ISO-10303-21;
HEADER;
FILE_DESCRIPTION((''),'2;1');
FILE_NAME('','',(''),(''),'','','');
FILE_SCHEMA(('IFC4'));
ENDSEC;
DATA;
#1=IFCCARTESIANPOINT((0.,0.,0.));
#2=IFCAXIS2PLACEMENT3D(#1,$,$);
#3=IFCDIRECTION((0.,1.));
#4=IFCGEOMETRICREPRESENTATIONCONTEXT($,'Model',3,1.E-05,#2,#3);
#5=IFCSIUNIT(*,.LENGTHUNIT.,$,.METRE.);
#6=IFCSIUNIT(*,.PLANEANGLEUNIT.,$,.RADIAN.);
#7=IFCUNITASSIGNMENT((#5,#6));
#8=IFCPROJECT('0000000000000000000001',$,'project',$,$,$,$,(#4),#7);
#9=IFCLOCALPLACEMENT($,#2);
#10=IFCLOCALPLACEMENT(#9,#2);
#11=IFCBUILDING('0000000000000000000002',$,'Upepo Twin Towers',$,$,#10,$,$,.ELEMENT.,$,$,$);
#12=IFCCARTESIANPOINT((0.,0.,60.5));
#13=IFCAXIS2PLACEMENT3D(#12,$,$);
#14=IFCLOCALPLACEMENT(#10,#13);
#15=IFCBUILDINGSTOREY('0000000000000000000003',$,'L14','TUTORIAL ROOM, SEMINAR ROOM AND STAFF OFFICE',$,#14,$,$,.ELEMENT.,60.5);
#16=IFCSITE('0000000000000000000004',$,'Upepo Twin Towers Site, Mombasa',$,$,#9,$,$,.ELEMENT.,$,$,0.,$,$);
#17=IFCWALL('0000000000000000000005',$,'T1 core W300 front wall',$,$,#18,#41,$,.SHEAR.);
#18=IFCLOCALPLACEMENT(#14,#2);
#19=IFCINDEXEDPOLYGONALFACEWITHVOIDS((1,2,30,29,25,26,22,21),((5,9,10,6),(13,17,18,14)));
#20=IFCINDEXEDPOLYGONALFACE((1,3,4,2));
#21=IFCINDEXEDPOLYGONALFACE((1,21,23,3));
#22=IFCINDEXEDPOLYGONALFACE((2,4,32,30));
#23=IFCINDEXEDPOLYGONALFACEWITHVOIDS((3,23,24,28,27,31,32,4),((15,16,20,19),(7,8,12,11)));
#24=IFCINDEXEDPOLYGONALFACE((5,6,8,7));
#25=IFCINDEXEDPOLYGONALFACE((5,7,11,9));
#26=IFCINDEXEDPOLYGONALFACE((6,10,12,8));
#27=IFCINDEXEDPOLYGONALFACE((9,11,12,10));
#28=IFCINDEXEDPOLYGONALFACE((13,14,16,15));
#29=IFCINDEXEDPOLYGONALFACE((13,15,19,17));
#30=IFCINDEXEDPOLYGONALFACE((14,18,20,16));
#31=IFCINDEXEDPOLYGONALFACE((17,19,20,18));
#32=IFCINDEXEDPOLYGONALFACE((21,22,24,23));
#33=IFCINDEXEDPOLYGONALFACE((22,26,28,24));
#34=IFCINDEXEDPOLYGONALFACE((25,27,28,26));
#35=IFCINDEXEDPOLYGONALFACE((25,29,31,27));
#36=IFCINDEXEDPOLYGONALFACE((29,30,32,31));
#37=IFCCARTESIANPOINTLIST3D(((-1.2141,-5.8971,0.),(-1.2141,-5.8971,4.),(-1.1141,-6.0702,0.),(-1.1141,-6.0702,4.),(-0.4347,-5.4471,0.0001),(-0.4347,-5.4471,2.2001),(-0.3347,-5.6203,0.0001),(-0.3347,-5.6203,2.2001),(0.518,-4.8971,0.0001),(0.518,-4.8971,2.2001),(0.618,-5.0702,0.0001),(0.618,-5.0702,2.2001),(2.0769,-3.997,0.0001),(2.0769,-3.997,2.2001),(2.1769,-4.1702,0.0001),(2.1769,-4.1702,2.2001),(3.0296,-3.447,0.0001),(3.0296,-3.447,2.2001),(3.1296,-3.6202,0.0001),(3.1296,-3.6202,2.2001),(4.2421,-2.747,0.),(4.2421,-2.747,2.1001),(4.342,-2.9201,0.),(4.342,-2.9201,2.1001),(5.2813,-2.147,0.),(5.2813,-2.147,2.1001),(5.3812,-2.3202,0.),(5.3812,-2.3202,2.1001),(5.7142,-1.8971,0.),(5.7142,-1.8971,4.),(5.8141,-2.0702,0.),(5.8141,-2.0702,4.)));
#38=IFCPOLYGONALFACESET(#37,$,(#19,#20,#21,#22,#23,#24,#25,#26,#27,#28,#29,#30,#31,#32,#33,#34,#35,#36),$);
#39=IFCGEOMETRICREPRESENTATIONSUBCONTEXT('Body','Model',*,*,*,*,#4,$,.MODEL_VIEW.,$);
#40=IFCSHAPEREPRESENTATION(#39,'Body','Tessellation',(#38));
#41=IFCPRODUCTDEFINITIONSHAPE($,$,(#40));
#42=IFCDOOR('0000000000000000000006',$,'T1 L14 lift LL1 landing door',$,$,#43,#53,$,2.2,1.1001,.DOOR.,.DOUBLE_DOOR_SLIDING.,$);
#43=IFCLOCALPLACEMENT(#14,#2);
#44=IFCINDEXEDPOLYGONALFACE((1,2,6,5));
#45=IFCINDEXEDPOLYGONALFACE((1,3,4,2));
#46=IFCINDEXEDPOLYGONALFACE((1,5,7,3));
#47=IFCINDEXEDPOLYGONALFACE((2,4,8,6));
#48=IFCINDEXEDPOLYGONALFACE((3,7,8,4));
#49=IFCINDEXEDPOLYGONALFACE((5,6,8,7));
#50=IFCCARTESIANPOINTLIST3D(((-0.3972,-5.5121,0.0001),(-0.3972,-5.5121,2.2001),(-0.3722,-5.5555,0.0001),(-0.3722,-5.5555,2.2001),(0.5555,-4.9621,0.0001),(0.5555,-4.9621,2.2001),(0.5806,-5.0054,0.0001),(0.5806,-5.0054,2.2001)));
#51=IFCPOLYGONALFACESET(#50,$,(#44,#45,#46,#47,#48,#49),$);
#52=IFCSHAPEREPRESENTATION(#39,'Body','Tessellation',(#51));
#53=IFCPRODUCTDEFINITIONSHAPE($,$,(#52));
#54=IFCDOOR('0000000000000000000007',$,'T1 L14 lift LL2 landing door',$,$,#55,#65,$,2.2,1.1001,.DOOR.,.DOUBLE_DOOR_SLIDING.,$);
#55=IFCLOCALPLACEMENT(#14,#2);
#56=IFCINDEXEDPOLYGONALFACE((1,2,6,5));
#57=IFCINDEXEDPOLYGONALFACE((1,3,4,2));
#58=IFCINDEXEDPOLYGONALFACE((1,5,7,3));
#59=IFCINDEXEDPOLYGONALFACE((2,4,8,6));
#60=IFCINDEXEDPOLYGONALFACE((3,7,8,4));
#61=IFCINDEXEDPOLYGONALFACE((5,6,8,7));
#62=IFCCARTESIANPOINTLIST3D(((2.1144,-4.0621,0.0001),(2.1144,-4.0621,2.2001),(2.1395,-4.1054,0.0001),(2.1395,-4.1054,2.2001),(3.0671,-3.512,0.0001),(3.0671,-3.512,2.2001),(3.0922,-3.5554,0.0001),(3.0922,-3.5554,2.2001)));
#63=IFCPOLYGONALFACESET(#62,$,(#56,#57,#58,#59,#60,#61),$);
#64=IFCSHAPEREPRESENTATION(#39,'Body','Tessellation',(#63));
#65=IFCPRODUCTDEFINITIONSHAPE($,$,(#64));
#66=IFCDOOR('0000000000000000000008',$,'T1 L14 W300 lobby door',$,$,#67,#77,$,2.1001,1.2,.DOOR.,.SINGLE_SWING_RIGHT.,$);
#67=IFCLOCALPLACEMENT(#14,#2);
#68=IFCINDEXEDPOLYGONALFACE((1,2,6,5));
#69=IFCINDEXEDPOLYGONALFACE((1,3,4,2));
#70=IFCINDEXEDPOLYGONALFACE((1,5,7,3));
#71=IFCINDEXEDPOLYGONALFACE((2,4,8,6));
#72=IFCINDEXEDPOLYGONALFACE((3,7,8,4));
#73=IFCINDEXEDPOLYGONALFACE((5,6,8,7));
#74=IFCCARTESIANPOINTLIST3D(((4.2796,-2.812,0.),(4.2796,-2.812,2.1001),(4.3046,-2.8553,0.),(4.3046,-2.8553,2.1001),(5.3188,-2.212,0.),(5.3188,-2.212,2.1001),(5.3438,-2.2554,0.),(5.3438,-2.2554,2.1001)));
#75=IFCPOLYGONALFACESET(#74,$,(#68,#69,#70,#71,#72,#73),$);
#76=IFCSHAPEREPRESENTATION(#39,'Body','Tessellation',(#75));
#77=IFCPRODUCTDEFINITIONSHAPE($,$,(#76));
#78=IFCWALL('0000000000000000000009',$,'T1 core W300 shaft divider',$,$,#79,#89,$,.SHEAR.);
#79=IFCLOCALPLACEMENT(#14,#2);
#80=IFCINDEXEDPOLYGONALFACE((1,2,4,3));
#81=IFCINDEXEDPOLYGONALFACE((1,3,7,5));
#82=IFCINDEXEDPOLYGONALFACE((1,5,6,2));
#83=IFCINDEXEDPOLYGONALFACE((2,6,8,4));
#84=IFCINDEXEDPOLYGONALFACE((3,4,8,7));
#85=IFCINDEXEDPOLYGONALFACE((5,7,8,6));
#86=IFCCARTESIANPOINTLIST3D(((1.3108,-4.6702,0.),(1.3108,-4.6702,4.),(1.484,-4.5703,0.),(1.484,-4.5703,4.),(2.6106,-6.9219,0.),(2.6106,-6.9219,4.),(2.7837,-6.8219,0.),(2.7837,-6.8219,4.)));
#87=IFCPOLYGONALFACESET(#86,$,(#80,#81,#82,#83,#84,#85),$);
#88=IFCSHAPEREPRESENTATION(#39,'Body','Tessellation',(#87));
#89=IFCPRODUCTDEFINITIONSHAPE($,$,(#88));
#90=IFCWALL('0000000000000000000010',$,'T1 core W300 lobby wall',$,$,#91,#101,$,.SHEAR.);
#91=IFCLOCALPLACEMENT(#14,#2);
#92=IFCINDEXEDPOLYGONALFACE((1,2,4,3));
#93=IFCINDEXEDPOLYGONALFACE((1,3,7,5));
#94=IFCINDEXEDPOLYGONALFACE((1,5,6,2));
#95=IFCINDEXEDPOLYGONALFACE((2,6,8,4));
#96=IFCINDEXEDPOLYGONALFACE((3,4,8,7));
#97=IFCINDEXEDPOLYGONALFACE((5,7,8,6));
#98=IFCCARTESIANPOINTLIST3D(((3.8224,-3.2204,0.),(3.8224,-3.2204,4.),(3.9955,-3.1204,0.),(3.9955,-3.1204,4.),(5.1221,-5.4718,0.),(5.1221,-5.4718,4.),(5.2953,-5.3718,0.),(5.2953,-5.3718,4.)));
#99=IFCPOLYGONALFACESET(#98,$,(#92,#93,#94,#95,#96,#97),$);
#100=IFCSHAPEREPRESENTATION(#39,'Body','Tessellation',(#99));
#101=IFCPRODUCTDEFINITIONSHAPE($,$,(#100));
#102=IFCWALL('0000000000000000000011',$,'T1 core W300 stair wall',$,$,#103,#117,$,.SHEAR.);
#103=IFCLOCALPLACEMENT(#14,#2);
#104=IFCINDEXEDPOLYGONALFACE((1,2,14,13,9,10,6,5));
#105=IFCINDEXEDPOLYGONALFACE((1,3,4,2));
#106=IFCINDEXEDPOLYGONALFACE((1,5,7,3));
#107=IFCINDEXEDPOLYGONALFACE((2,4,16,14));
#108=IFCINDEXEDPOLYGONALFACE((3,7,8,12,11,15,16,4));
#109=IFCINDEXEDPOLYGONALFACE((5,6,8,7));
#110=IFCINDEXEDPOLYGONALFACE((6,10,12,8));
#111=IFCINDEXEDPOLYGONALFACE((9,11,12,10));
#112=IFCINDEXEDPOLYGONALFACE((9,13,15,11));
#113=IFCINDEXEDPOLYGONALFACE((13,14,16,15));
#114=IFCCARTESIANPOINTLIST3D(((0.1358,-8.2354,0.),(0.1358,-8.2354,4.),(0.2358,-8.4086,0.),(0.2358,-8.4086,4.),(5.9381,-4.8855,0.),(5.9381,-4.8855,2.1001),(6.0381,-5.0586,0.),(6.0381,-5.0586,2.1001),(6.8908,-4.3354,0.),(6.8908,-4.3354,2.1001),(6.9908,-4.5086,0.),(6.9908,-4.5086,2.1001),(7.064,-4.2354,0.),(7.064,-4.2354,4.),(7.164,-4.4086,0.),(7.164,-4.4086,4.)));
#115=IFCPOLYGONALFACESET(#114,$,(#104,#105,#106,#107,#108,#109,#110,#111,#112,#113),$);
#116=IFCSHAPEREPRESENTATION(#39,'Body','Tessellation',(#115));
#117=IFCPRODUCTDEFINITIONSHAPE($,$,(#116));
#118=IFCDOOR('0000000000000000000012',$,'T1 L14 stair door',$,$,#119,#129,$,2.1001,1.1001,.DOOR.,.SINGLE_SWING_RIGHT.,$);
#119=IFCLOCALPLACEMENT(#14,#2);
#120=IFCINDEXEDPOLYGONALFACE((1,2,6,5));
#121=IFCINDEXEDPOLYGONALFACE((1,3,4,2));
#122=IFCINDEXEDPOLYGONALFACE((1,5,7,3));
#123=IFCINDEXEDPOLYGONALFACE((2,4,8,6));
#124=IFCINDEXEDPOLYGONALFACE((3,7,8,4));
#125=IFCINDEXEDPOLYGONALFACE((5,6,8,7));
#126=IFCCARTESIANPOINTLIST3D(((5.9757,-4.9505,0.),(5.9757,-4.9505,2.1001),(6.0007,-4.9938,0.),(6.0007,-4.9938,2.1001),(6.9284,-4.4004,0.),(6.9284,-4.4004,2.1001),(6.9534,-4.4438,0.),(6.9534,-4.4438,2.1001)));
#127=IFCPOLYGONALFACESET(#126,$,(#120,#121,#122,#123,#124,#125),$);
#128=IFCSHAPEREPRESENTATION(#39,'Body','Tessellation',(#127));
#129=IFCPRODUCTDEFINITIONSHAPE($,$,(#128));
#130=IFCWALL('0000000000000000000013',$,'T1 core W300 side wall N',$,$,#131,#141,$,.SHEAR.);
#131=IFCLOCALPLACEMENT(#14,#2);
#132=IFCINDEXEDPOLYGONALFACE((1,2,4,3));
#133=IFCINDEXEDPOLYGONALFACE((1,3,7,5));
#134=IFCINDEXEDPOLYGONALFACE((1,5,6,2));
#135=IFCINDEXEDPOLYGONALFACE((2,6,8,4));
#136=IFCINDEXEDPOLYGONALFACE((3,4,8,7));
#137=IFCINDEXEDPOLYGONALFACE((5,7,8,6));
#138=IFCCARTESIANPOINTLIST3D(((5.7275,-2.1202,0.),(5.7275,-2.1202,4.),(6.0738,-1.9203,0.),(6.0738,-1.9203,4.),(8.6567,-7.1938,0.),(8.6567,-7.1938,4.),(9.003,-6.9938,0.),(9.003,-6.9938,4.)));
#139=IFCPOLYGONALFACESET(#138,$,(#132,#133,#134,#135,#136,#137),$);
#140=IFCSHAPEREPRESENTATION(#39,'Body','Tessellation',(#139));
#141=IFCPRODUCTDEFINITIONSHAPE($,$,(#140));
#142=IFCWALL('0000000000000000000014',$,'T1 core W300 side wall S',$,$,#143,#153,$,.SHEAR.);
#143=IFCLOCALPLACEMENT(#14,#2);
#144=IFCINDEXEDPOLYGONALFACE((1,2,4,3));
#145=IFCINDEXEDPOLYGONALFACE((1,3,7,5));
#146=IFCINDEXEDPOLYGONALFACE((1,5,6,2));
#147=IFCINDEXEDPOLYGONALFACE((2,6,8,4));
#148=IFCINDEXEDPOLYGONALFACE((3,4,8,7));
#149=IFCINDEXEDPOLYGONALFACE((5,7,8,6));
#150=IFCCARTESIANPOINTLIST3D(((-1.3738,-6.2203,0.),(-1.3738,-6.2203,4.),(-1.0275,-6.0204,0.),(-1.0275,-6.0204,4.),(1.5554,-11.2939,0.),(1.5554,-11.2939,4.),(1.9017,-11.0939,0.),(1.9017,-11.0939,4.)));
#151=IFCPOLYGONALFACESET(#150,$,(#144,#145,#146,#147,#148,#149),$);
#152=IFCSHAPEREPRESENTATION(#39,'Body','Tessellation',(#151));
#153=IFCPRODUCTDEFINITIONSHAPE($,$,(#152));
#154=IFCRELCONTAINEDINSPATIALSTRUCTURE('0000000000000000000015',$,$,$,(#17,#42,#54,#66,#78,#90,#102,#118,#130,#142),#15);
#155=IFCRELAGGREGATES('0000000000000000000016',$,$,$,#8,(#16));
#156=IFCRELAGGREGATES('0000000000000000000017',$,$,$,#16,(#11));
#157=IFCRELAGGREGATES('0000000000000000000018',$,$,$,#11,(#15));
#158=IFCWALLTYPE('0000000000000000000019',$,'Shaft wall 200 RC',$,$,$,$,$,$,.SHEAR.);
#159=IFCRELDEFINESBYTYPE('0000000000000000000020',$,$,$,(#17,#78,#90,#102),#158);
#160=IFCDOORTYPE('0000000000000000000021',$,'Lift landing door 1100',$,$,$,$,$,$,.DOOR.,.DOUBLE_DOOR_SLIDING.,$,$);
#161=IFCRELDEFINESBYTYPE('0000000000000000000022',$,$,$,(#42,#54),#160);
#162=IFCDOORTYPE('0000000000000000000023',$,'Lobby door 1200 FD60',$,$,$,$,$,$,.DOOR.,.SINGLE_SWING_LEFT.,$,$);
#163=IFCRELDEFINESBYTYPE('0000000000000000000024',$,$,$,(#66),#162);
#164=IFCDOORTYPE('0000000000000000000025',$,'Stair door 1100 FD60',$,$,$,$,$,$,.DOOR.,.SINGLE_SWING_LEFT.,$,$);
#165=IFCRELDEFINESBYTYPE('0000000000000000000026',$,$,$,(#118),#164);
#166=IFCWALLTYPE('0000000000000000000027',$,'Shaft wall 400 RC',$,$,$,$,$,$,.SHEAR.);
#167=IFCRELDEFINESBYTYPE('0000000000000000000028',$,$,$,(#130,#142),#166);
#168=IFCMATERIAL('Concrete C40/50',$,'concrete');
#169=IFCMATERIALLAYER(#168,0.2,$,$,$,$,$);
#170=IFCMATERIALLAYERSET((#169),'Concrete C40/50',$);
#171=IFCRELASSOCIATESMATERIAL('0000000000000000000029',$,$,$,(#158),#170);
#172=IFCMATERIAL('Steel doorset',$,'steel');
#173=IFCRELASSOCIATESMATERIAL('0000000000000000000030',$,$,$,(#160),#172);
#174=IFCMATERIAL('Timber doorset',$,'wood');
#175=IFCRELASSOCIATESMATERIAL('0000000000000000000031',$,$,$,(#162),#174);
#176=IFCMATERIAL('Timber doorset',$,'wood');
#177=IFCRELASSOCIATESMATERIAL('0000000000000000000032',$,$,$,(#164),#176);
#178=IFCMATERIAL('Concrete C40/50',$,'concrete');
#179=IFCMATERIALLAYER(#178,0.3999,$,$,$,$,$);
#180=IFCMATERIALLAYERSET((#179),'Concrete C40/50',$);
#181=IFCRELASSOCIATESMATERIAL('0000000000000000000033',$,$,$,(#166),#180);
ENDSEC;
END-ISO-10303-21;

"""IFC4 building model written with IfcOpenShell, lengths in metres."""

from ifc_helpers import new_model, si_unit, direction, frame, frame_2d, origin, place, context, subcontext, project, spatial, rectangle, extrude, material, layer, layer_set, type_object, element, fill, save


model = new_model("IFC4")

# Units and contexts
model_context = context("Model", 3, precision=1e-05, world=origin(), true_north=direction((0.0, 1.0)))
body_context = subcontext(model_context, "Body", "Model", "MODEL_VIEW")
ifc_project = project(units=[si_unit("LENGTHUNIT", "METRE"), si_unit("PLANEANGLEUNIT", "RADIAN")], contexts=[model_context])

# Site, building, storey
site_placement = place(None, origin())
site = spatial("IfcSite", under=ifc_project, at=site_placement, Name="Upepo Twin Towers Site, Mombasa", CompositionType="ELEMENT", RefElevation=0.0)
building_placement = place(site_placement, origin())
building = spatial("IfcBuilding", under=site, at=building_placement, Name="Upepo Twin Towers", CompositionType="ELEMENT")
storey_placement = place(building_placement, frame((0.0, 0.0, 60.5)))
storey = spatial("IfcBuildingStorey", under=building, at=storey_placement, Name="L14", Description="TUTORIAL ROOM, SEMINAR ROOM AND STAFF OFFICE", CompositionType="ELEMENT", Elevation=60.5)

# Wall, openings, doors
ifc_material_1 = material(Name="Concrete C40/50", Category="concrete")
ifc_layer_1 = layer(ifc_material_1, 0.2)
ifc_layer_set_1 = layer_set([ifc_layer_1], Name="Concrete C40/50")
wall_type_1 = type_object("IfcWallType", Name="Shaft wall 200 RC", PredefinedType="SHEAR", material=ifc_layer_set_1)
wall_1_placement = place(storey_placement, frame((-1.1641, -5.9836, 0.0), z_axis=(0.0, 0.0, 1.0), x_axis=(0.866026, 0.499999, 0.0)))
wall_1 = element("IfcWall", 1, at=wall_1_placement, inside=storey, type_object=wall_type_1, Name="T1 core W300 front wall", PredefinedType="SHEAR", context=body_context, shape_type="SweptSolid", body=[
    extrude(rectangle(XDim=8.0, YDim=0.2, at=frame_2d((4.0, 0.0))), origin(), (0.0, 0.0, 1.0), 4.0),
])
opening_1_placement = place(wall_1_placement, frame((6.3, 0.0, 0.0)))
opening_1 = element("IfcOpeningElement", 2, at=opening_1_placement, cuts=wall_1, PredefinedType="OPENING", context=body_context, shape_type="SweptSolid", body=[
    extrude(rectangle(XDim=1.2, YDim=2.1001, at=frame_2d((0.6001, 1.05))), frame((0.0, 0.1099, 0.0), z_axis=(0.0, -1.0, 0.0), x_axis=(1.0, 0.0, 0.0)), (0.0, 0.0, 1.0), 0.22),
])
opening_2_placement = place(wall_1_placement, frame((0.8999, 0.0, 0.0)))
opening_2 = element("IfcOpeningElement", 3, at=opening_2_placement, cuts=wall_1, PredefinedType="OPENING", context=body_context, shape_type="SweptSolid", body=[
    extrude(rectangle(XDim=1.1001, YDim=2.2, at=frame_2d((0.55, 1.1001))), frame((0.0, 0.1099, 0.0), z_axis=(0.0, -1.0, 0.0), x_axis=(1.0, 0.0, 0.0)), (0.0, 0.0, 1.0), 0.22),
])
opening_3_placement = place(wall_1_placement, frame((3.8, 0.0, 0.0)))
opening_3 = element("IfcOpeningElement", 4, at=opening_3_placement, cuts=wall_1, PredefinedType="OPENING", context=body_context, shape_type="SweptSolid", body=[
    extrude(rectangle(XDim=1.1001, YDim=2.2, at=frame_2d((0.55, 1.1001))), frame((0.0, 0.1099, 0.0), z_axis=(0.0, -1.0, 0.0), x_axis=(1.0, 0.0, 0.0)), (0.0, 0.0, 1.0), 0.22),
])
ifc_material_2 = material(Name="Steel doorset", Category="steel")
door_type_1 = type_object("IfcDoorType", Name="Lift landing door 1100", OperationType="DOUBLE_DOOR_SLIDING", PredefinedType="DOOR", material=ifc_material_2)
door_1_placement = place(opening_2_placement, origin())
door_1 = element("IfcDoor", 5, at=door_1_placement, inside=storey, type_object=door_type_1, Name="T1 L14 lift LL1 landing door", OperationType="DOUBLE_DOOR_SLIDING", OverallHeight=2.2, OverallWidth=1.1001, PredefinedType="DOOR", context=body_context, shape_type="SweptSolid", body=[
    extrude(rectangle(XDim=1.1001, YDim=2.2, at=frame_2d((0.55, 1.1001))), frame((0.0, 0.0249, 0.0), z_axis=(0.0, -1.0, 0.0), x_axis=(1.0, 0.0, 0.0)), (0.0, 0.0, 1.0), 0.05),
])
fill(opening_2, door_1)
door_2_placement = place(opening_3_placement, origin())
door_2 = element("IfcDoor", 6, at=door_2_placement, inside=storey, type_object=door_type_1, Name="T1 L14 lift LL2 landing door", OperationType="DOUBLE_DOOR_SLIDING", OverallHeight=2.2, OverallWidth=1.1001, PredefinedType="DOOR", context=body_context, shape_type="SweptSolid", body=[
    extrude(rectangle(XDim=1.1001, YDim=2.2, at=frame_2d((0.55, 1.1001))), frame((0.0, 0.0249, 0.0), z_axis=(0.0, -1.0, 0.0), x_axis=(1.0, 0.0, 0.0)), (0.0, 0.0, 1.0), 0.05),
])
fill(opening_3, door_2)
ifc_material_3 = material(Name="Timber doorset", Category="wood")
door_type_2 = type_object("IfcDoorType", Name="Lobby door 1200 FD60", OperationType="SINGLE_SWING_LEFT", PredefinedType="DOOR", material=ifc_material_3)
door_3_placement = place(opening_1_placement, origin())
door_3 = element("IfcDoor", 7, at=door_3_placement, inside=storey, type_object=door_type_2, Name="T1 L14 W300 lobby door", OperationType="SINGLE_SWING_RIGHT", OverallHeight=2.1001, OverallWidth=1.2, PredefinedType="DOOR", context=body_context, shape_type="SweptSolid", body=[
    extrude(rectangle(XDim=1.2, YDim=2.1001, at=frame_2d((0.6001, 1.05))), frame((0.0, 0.0249, 0.0), z_axis=(0.0, -1.0, 0.0), x_axis=(1.0, 0.0, 0.0)), (0.0, 0.0, 1.0), 0.05),
])
fill(opening_1, door_3)

# Walls
wall_2_placement = place(storey_placement, frame((1.3975, -4.6204, 0.0), z_axis=(0.0, 0.0, 1.0), x_axis=(0.499937, -0.866062, 0.0)))
element("IfcWall", 8, at=wall_2_placement, inside=storey, type_object=wall_type_1, Name="T1 core W300 shaft divider", PredefinedType="SHEAR", context=body_context, shape_type="SweptSolid", body=[
    extrude(rectangle(XDim=2.5999, YDim=0.2, at=frame_2d((1.2998, 0.0))), origin(), (0.0, 0.0, 1.0), 4.0),
])
wall_3_placement = place(storey_placement, frame((3.9089, -3.1704, 0.0), z_axis=(0.0, 0.0, 1.0), x_axis=(0.499977, -0.866039, 0.0)))
element("IfcWall", 9, at=wall_3_placement, inside=storey, type_object=wall_type_1, Name="T1 core W300 lobby wall", PredefinedType="SHEAR", context=body_context, shape_type="SweptSolid", body=[
    extrude(rectangle(XDim=2.5996, YDim=0.2, at=frame_2d((1.2998, 0.0))), origin(), (0.0, 0.0, 1.0), 4.0),
])

# Wall, opening, door
wall_4_placement = place(storey_placement, frame((0.1858, -8.322, 0.0), z_axis=(0.0, 0.0, 1.0), x_axis=(0.866026, 0.499999, 0.0)))
wall_4 = element("IfcWall", 10, at=wall_4_placement, inside=storey, type_object=wall_type_1, Name="T1 core W300 stair wall", PredefinedType="SHEAR", context=body_context, shape_type="SweptSolid", body=[
    extrude(rectangle(XDim=8.0, YDim=0.2, at=frame_2d((4.0, 0.0))), origin(), (0.0, 0.0, 1.0), 4.0),
])
opening_4_placement = place(wall_4_placement, frame((6.7, 0.0, 0.0)))
opening_4 = element("IfcOpeningElement", 11, at=opening_4_placement, cuts=wall_4, PredefinedType="OPENING", context=body_context, shape_type="SweptSolid", body=[
    extrude(rectangle(XDim=1.1001, YDim=2.1001, at=frame_2d((0.55, 1.05))), frame((0.0, 0.1099, 0.0), z_axis=(0.0, -1.0, 0.0), x_axis=(1.0, 0.0, 0.0)), (0.0, 0.0, 1.0), 0.22),
])
ifc_material_4 = material(Name="Timber doorset", Category="wood")
door_type_3 = type_object("IfcDoorType", Name="Stair door 1100 FD60", OperationType="SINGLE_SWING_LEFT", PredefinedType="DOOR", material=ifc_material_4)
door_4_placement = place(opening_4_placement, origin())
door_4 = element("IfcDoor", 12, at=door_4_placement, inside=storey, type_object=door_type_3, Name="T1 L14 stair door", OperationType="SINGLE_SWING_RIGHT", OverallHeight=2.1001, OverallWidth=1.1001, PredefinedType="DOOR", context=body_context, shape_type="SweptSolid", body=[
    extrude(rectangle(XDim=1.1001, YDim=2.1001, at=frame_2d((0.55, 1.05))), frame((0.0, 0.0249, 0.0), z_axis=(0.0, -1.0, 0.0), x_axis=(1.0, 0.0, 0.0)), (0.0, 0.0, 1.0), 0.05),
])
fill(opening_4, door_4)

# Walls
ifc_material_5 = material(Name="Concrete C40/50", Category="concrete")
ifc_layer_2 = layer(ifc_material_5, 0.3999)
ifc_layer_set_2 = layer_set([ifc_layer_2], Name="Concrete C40/50")
wall_type_2 = type_object("IfcWallType", Name="Shaft wall 400 RC", PredefinedType="SHEAR", material=ifc_layer_set_2)
for number, where, z_axis, x_axis, name in (
    (13, (5.9006, -2.0203, 0.0), (0.0, 0.0, 1.0), (0.500003, -0.866024, 0.0), "T1 core W300 side wall N"),
    (14, (-1.2007, -6.1204, 0.0), (0.0, 0.0, 1.0), (0.500003, -0.866024, 0.0), "T1 core W300 side wall S"),
):
    element("IfcWall", number, at=place(storey_placement, frame(where, z_axis=z_axis, x_axis=x_axis)), inside=storey, type_object=wall_type_2, Name=name, PredefinedType="SHEAR", context=body_context, shape_type="SweptSolid", body=[
        extrude(rectangle(XDim=5.8584, YDim=0.3999, at=frame_2d((2.9292, 0.0))), origin(), (0.0, 0.0, 1.0), 4.0),
    ])

save(model, "model.ifc")
